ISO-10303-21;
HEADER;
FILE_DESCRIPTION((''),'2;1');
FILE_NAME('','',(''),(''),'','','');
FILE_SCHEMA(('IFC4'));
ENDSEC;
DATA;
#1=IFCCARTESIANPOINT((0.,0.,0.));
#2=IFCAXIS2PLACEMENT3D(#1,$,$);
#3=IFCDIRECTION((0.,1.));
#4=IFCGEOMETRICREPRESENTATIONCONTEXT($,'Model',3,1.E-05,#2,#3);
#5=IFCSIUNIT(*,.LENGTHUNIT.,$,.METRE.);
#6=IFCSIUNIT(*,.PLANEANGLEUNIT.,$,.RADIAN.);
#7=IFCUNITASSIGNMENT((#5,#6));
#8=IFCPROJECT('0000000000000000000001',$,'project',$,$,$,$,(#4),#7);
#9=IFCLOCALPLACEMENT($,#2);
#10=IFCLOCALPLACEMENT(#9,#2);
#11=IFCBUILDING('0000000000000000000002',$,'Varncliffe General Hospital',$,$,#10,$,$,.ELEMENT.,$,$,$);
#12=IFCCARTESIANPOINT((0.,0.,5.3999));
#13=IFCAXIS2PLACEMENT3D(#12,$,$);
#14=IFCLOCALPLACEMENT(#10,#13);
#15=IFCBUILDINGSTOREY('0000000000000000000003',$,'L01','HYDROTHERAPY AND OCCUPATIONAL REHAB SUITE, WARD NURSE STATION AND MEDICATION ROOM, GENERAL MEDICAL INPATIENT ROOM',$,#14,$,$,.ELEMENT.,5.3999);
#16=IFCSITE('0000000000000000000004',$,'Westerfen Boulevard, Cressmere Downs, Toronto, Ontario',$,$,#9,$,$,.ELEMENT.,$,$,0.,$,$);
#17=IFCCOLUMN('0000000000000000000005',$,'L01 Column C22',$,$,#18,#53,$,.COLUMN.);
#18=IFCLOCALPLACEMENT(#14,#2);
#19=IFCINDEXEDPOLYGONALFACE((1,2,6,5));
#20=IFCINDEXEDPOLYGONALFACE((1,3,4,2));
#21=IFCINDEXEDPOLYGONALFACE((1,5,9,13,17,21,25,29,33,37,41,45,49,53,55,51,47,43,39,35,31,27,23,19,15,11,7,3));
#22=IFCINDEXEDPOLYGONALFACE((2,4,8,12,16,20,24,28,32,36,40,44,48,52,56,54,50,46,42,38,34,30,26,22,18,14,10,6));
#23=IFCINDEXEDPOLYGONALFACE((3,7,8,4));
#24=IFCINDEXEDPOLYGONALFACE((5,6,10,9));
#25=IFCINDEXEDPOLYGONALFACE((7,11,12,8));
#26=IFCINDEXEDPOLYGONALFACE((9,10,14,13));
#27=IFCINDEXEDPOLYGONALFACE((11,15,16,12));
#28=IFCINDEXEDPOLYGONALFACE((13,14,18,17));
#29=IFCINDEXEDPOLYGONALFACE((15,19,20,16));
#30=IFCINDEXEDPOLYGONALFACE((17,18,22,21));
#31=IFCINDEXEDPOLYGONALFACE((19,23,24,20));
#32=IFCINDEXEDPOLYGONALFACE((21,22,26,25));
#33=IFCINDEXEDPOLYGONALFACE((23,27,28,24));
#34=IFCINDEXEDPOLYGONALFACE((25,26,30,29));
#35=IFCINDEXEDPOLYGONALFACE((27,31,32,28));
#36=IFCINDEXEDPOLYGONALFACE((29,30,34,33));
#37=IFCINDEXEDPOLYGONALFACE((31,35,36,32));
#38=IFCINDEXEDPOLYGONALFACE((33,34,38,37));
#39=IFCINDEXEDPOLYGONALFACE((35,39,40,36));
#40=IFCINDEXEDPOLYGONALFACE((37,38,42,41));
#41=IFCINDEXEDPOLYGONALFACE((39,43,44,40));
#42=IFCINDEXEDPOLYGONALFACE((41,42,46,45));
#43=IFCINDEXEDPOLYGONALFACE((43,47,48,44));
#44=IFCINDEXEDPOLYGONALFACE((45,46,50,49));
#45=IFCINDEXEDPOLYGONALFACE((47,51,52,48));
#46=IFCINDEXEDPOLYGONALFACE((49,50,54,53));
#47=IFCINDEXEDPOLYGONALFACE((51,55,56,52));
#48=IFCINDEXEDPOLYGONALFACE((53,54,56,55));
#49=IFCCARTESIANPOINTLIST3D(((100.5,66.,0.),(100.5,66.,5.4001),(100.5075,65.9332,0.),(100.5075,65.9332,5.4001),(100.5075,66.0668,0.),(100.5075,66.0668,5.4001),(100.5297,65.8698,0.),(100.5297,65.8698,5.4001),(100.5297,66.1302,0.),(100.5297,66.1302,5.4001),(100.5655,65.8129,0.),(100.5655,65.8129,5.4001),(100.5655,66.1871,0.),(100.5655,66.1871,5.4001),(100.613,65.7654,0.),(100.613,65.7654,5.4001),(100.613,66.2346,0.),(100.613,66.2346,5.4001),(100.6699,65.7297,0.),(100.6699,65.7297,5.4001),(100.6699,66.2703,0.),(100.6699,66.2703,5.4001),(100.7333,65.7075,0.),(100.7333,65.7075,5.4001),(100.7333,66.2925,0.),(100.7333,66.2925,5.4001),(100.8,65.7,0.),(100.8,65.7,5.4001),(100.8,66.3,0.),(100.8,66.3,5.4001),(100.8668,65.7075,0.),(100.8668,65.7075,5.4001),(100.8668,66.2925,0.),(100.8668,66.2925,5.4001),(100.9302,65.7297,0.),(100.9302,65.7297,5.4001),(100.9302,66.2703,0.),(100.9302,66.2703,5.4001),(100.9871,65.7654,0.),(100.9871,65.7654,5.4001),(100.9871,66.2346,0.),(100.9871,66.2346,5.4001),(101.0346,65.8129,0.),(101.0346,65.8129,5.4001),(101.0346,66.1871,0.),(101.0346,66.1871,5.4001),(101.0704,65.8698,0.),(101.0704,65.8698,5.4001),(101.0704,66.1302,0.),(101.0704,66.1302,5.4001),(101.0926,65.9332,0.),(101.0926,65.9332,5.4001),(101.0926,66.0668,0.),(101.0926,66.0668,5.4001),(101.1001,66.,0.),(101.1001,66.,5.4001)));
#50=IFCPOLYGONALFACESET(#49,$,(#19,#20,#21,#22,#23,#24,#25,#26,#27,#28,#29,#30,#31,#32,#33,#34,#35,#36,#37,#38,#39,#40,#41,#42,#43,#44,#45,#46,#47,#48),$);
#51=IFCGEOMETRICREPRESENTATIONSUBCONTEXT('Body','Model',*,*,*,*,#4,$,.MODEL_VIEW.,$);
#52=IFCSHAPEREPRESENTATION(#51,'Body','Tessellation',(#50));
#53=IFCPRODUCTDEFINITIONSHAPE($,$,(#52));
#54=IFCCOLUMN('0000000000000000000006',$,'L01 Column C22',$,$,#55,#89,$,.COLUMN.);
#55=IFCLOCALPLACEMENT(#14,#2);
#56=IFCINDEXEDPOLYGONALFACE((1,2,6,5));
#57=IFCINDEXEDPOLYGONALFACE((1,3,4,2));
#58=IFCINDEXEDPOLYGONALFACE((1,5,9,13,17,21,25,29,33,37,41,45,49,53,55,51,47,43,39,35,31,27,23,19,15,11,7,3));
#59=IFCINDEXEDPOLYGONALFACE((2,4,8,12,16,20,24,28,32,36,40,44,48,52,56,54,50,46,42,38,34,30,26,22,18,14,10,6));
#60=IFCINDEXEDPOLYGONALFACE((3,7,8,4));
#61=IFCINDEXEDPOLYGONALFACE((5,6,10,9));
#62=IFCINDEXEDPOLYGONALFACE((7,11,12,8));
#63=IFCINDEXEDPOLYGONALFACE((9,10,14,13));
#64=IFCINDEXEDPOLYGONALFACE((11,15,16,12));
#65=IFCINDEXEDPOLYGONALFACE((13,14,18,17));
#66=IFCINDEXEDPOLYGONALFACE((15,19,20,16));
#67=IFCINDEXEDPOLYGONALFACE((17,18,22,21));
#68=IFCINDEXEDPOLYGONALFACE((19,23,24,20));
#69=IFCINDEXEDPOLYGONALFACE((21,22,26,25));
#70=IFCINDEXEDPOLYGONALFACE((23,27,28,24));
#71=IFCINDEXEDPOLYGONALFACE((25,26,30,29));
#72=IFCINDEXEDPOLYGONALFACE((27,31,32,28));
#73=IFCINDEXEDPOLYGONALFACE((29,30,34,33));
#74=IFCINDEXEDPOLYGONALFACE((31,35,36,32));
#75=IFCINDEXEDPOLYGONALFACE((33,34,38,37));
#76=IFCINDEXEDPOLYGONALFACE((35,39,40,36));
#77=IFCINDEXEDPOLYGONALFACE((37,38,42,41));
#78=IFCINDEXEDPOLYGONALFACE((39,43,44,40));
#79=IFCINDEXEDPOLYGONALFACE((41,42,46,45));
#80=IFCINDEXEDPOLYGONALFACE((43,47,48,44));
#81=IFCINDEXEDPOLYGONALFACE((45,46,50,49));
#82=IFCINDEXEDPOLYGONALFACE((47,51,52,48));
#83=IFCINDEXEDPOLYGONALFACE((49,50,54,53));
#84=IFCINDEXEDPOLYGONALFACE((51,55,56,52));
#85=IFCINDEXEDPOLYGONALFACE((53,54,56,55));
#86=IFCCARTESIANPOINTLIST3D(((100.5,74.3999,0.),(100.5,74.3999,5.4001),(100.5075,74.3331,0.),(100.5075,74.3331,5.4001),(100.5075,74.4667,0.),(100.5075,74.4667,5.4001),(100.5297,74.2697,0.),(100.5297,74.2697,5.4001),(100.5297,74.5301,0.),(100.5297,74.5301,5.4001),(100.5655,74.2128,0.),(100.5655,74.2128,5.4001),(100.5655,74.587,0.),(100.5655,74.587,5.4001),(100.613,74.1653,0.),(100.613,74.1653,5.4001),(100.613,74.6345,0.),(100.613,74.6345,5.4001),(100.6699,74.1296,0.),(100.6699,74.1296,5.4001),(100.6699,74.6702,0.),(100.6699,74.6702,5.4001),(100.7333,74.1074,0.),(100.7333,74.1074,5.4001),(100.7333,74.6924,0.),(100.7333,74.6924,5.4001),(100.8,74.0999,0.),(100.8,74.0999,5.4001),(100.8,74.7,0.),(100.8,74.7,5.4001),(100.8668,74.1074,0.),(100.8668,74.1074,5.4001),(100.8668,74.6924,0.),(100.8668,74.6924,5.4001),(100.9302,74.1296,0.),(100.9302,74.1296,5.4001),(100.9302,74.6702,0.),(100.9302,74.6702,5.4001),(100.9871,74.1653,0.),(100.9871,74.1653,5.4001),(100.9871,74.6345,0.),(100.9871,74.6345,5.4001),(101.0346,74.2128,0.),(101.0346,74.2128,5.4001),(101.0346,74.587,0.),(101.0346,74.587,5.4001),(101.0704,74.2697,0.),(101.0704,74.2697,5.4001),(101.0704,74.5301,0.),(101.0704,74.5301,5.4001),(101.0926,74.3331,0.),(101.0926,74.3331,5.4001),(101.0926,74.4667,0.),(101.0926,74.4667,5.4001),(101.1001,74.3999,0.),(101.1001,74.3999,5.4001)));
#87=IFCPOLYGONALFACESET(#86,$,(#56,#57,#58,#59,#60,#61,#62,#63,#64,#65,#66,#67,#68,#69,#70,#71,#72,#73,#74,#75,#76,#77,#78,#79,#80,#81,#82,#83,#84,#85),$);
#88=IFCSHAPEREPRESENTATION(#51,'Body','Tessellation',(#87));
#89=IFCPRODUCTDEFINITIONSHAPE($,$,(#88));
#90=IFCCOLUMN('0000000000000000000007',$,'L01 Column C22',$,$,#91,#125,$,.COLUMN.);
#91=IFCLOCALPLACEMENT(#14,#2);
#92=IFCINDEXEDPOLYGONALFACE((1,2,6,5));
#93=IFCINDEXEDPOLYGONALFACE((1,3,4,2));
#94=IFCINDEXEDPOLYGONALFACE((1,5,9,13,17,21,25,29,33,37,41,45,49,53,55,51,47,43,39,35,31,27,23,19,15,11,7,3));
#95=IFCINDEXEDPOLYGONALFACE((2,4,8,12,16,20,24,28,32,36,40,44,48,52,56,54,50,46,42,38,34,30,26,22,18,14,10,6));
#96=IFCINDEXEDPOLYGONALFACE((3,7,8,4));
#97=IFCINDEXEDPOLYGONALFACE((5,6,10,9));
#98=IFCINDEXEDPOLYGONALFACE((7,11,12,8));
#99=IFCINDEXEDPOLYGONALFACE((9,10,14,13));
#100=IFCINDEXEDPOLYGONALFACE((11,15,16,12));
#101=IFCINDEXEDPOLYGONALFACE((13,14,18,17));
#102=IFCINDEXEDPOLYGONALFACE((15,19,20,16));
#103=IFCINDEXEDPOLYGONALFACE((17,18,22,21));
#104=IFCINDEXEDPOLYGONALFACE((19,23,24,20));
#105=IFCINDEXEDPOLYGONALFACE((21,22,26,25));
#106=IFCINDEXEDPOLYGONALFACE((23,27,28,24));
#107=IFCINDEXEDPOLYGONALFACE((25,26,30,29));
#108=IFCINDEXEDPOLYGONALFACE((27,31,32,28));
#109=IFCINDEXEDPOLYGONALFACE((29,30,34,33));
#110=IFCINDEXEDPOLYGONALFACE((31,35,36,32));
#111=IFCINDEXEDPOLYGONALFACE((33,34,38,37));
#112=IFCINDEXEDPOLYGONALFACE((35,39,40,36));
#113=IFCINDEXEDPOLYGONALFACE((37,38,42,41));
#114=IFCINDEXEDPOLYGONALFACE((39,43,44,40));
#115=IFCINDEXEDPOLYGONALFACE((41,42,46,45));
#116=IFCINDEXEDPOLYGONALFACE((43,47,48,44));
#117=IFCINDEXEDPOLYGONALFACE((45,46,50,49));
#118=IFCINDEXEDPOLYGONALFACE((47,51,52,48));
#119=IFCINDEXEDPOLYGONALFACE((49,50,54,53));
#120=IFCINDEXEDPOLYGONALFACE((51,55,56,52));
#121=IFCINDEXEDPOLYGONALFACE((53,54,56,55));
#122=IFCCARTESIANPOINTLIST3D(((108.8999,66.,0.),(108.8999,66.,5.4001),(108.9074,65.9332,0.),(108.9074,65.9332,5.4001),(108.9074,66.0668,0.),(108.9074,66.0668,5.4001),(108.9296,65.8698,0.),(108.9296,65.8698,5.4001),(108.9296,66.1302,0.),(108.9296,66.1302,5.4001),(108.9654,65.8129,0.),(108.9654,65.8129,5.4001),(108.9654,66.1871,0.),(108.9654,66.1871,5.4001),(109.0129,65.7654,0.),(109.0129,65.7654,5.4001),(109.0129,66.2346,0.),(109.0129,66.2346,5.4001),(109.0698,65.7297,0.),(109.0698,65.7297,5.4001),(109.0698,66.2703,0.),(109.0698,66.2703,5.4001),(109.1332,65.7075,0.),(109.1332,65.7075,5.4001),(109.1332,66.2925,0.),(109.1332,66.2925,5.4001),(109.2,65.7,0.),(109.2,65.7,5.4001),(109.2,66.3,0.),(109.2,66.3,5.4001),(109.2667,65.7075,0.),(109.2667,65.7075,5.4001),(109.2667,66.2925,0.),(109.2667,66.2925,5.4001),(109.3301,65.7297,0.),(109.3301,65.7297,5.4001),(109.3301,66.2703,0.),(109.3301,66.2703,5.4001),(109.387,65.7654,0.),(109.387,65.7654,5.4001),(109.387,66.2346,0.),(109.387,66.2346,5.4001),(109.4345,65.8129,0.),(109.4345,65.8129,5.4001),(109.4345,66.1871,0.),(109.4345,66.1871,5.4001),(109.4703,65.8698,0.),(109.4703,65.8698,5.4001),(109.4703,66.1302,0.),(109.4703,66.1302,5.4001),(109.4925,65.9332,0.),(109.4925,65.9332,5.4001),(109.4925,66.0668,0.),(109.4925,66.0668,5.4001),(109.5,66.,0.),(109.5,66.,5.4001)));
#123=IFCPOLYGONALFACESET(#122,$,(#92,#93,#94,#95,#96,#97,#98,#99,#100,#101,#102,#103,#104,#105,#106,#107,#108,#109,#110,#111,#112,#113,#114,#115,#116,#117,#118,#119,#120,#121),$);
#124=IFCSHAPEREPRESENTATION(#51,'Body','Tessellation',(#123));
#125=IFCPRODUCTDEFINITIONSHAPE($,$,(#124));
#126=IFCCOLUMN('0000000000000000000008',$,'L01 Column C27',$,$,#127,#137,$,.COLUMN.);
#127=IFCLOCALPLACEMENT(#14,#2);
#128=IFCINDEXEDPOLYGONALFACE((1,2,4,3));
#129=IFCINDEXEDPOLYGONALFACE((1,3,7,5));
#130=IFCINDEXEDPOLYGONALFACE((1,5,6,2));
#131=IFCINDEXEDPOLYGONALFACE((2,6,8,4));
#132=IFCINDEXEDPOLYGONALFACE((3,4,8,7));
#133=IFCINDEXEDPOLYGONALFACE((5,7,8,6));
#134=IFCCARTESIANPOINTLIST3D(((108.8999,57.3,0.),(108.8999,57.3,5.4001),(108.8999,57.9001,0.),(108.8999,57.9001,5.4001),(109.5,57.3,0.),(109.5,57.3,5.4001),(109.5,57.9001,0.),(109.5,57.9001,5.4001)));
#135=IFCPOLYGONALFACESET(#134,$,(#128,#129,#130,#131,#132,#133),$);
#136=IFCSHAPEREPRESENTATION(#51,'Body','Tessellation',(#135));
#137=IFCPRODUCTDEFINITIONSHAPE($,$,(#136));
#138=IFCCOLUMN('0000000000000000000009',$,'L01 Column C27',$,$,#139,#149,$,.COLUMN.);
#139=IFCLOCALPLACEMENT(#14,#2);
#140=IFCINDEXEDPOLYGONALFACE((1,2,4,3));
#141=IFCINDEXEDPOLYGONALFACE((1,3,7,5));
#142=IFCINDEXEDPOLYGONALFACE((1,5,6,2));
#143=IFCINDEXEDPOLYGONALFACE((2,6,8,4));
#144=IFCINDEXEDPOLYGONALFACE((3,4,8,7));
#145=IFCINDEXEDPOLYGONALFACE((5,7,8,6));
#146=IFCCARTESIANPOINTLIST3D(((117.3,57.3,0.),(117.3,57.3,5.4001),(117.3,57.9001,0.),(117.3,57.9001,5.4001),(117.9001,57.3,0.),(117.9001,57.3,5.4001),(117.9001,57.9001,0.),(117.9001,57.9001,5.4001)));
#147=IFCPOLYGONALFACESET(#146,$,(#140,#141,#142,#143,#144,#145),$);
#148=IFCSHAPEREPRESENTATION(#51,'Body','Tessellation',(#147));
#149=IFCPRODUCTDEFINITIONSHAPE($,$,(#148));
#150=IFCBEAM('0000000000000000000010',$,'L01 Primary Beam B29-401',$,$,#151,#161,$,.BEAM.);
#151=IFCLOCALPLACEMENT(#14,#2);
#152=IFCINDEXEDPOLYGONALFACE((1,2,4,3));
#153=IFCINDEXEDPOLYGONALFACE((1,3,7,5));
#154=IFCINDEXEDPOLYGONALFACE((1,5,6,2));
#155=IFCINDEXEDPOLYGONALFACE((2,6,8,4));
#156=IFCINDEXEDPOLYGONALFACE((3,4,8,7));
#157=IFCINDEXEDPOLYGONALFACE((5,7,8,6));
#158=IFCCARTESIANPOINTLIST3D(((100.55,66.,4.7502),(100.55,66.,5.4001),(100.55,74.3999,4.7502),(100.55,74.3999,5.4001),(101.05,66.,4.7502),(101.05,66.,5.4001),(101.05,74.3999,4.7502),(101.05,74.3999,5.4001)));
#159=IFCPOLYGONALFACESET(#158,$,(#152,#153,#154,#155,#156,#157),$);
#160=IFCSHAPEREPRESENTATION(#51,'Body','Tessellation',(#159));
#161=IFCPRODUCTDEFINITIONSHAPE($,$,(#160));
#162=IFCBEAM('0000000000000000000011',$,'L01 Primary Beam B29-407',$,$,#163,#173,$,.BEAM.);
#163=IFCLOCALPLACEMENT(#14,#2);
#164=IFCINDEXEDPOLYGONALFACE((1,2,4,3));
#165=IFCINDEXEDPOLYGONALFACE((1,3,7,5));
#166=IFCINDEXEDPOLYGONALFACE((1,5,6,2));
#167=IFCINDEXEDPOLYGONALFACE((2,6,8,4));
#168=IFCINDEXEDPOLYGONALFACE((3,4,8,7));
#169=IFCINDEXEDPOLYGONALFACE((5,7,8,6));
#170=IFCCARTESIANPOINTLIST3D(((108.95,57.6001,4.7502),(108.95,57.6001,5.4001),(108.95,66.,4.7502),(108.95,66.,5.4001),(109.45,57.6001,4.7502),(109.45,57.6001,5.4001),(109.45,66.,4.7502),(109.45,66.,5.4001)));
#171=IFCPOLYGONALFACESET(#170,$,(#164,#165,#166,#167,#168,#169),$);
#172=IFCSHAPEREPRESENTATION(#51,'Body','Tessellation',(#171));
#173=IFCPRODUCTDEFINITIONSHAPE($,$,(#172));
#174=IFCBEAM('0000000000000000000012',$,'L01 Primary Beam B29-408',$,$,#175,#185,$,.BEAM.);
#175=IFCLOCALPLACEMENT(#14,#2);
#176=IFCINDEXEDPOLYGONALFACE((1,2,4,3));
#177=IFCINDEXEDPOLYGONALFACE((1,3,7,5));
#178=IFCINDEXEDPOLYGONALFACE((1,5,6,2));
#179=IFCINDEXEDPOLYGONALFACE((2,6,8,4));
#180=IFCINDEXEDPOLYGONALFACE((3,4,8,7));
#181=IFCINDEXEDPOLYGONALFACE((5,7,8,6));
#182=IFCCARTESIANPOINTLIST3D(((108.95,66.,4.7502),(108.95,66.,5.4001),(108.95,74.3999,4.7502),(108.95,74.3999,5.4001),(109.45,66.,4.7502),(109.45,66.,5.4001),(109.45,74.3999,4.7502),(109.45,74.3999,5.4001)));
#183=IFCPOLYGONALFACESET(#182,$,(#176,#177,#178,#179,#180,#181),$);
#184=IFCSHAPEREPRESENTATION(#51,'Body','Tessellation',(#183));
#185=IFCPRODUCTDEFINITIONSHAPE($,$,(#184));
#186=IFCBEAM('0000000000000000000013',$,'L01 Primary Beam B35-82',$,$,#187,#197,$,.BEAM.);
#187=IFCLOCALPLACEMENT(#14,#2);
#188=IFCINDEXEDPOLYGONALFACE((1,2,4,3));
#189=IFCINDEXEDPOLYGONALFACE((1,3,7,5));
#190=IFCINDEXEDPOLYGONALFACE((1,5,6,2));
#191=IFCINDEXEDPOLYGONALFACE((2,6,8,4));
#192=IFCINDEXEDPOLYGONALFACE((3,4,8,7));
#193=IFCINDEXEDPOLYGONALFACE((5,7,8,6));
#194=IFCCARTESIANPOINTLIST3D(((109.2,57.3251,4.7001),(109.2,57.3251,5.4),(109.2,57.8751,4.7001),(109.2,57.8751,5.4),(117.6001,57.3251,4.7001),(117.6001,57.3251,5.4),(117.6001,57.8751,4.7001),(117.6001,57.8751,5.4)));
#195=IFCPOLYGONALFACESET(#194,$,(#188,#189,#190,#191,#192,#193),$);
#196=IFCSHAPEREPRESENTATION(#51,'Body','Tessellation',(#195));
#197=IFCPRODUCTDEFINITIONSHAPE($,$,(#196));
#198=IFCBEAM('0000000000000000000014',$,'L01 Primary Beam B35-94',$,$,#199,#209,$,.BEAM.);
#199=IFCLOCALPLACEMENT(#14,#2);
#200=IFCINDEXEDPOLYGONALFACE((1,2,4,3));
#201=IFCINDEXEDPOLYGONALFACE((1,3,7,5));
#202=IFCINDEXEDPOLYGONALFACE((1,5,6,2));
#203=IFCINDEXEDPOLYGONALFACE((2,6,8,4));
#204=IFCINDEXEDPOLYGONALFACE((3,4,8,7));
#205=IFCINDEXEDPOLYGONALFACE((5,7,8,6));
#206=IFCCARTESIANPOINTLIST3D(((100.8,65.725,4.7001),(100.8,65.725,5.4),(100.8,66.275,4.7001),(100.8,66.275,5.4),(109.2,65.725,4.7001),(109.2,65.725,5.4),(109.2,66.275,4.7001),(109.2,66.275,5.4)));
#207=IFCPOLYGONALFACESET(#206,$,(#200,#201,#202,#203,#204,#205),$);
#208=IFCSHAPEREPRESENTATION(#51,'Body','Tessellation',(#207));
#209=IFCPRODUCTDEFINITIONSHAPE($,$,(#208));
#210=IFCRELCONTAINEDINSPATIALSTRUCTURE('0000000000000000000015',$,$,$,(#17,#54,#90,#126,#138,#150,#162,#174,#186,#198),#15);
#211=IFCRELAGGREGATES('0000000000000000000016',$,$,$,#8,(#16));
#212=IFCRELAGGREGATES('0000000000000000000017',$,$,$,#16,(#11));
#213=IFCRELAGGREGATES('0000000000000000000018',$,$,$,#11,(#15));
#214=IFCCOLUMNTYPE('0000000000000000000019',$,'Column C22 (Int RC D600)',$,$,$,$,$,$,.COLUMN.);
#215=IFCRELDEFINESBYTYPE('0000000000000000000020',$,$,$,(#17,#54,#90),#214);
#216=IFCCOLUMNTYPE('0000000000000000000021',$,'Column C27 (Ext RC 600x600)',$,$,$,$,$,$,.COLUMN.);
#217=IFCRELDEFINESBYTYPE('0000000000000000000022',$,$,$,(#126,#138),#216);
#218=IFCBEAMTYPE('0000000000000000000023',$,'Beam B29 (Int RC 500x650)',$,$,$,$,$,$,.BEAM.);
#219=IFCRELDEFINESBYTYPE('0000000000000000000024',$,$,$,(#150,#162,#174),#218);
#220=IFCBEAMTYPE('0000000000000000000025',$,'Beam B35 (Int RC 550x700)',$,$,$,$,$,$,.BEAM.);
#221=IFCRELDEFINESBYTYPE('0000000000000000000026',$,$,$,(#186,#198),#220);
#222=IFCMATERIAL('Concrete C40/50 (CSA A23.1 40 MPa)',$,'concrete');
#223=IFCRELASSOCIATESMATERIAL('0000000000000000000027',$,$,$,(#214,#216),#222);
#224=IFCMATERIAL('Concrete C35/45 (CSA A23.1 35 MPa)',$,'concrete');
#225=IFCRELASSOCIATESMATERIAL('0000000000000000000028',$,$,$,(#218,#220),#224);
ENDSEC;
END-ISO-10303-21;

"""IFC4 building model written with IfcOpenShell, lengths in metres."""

from ifc_helpers import new_model, si_unit, direction, frame, origin, origin_2d, place, context, subcontext, project, spatial, rectangle, circle, extrude, material, material_profile, profile_set, type_object, element, save


model = new_model("IFC4")

# Units and contexts
model_context = context("Model", 3, precision=1e-05, world=origin(), true_north=direction((0.0, 1.0)))
body_context = subcontext(model_context, "Body", "Model", "MODEL_VIEW")
ifc_project = project(units=[si_unit("LENGTHUNIT", "METRE"), si_unit("PLANEANGLEUNIT", "RADIAN")], contexts=[model_context])

# Site, building, storey
site_placement = place(None, origin())
site = spatial("IfcSite", under=ifc_project, at=site_placement, Name="Westerfen Boulevard, Cressmere Downs, Toronto, Ontario", CompositionType="ELEMENT", RefElevation=0.0)
building_placement = place(site_placement, origin())
building = spatial("IfcBuilding", under=site, at=building_placement, Name="Varncliffe General Hospital", CompositionType="ELEMENT")
storey_placement = place(building_placement, frame((0.0, 0.0, 5.3999)))
storey = spatial("IfcBuildingStorey", under=building, at=storey_placement, Name="L01", Description="HYDROTHERAPY AND OCCUPATIONAL REHAB SUITE, WARD NURSE STATION AND MEDICATION ROOM, GENERAL MEDICAL INPATIENT ROOM", CompositionType="ELEMENT", Elevation=5.3999)

# Columns
ifc_material_1 = material(Name="Concrete C40/50 (CSA A23.1 40 MPa)", Category="concrete")
ifc_material_profile_1 = material_profile(ifc_material_1, circle(Radius=0.3, at=origin_2d()), Name="RC D600")
ifc_profile_set_1 = profile_set([ifc_material_profile_1], Name="Concrete C40/50 (CSA A23.1 40 MPa)")
column_type_1 = type_object("IfcColumnType", Name="Column C22 (Int RC D600)", PredefinedType="COLUMN", material=ifc_profile_set_1)
for number, where, z_axis, x_axis, name in (
    (1, (100.8, 66.0, 0.0), (0.0, 0.0, 1.0), (1.0, 0.0, 0.0), "L01 Column C22"),
    (2, (100.8, 74.3999, 0.0), (0.0, 0.0, 1.0), (1.0, 0.0, 0.0), "L01 Column C22"),
    (3, (109.2, 66.0, 0.0), (0.0, 0.0, 1.0), (1.0, 0.0, 0.0), "L01 Column C22"),
):
    element("IfcColumn", number, at=place(storey_placement, frame(where, z_axis=z_axis, x_axis=x_axis)), inside=storey, type_object=column_type_1, Name=name, PredefinedType="COLUMN", context=body_context, shape_type="SweptSolid", body=[
        extrude(circle(Radius=0.3, at=origin_2d()), origin(), (0.0, 0.0, 1.0), 5.4001),
    ])
ifc_material_profile_2 = material_profile(ifc_material_1, rectangle(XDim=0.6001, YDim=0.6001, at=origin_2d()), Name="RC 600x600")
ifc_profile_set_2 = profile_set([ifc_material_profile_2], Name="Concrete C40/50 (CSA A23.1 40 MPa)")
column_type_2 = type_object("IfcColumnType", Name="Column C27 (Ext RC 600x600)", PredefinedType="COLUMN", material=ifc_profile_set_2)
for number, where, z_axis, x_axis, name in (
    (4, (109.2, 57.6001, 0.0), (0.0, 0.0, 1.0), (1.0, 0.0, 0.0), "L01 Column C27"),
    (5, (117.6001, 57.6001, 0.0), (0.0, 0.0, 1.0), (1.0, 0.0, 0.0), "L01 Column C27"),
):
    element("IfcColumn", number, at=place(storey_placement, frame(where, z_axis=z_axis, x_axis=x_axis)), inside=storey, type_object=column_type_2, Name=name, PredefinedType="COLUMN", context=body_context, shape_type="SweptSolid", body=[
        extrude(rectangle(XDim=0.6001, YDim=0.6001, at=origin_2d()), origin(), (0.0, 0.0, 1.0), 5.4001),
    ])

# Beams
ifc_material_2 = material(Name="Concrete C35/45 (CSA A23.1 35 MPa)", Category="concrete")
ifc_material_profile_3 = material_profile(ifc_material_2, rectangle(XDim=0.5, YDim=0.6499, at=origin_2d()), Name="RC 500x650")
ifc_profile_set_3 = profile_set([ifc_material_profile_3], Name="Concrete C35/45 (CSA A23.1 35 MPa)")
beam_type_1 = type_object("IfcBeamType", Name="Beam B29 (Int RC 500x650)", PredefinedType="BEAM", material=ifc_profile_set_3)
for number, where, z_axis, x_axis, name in (
    (6, (100.8, 66.0, 5.0752), (0.0, 1.0, 0.0), (-1.0, 0.0, 0.0), "L01 Primary Beam B29-401"),
    (7, (109.2, 57.6001, 5.0752), (0.0, 1.0, 0.0), (-1.0, 0.0, 0.0), "L01 Primary Beam B29-407"),
    (8, (109.2, 66.0, 5.0752), (0.0, 1.0, 0.0), (-1.0, 0.0, 0.0), "L01 Primary Beam B29-408"),
):
    element("IfcBeam", number, at=place(storey_placement, frame(where, z_axis=z_axis, x_axis=x_axis)), inside=storey, type_object=beam_type_1, Name=name, PredefinedType="BEAM", context=body_context, shape_type="SweptSolid", body=[
        extrude(rectangle(XDim=0.5, YDim=0.6499, at=origin_2d()), origin(), (0.0, 0.0, 1.0), 8.3999),
    ])
ifc_material_profile_4 = material_profile(ifc_material_2, rectangle(XDim=0.55, YDim=0.7, at=origin_2d()), Name="RC 550x700")
ifc_profile_set_4 = profile_set([ifc_material_profile_4], Name="Concrete C35/45 (CSA A23.1 35 MPa)")
beam_type_2 = type_object("IfcBeamType", Name="Beam B35 (Int RC 550x700)", PredefinedType="BEAM", material=ifc_profile_set_4)
beam_1_placement = place(storey_placement, frame((109.2, 57.6001, 5.05), z_axis=(1.0, 0.0, 0.0), x_axis=(0.0, 1.0, 0.0)))
element("IfcBeam", 9, at=beam_1_placement, inside=storey, type_object=beam_type_2, Name="L01 Primary Beam B35-82", PredefinedType="BEAM", context=body_context, shape_type="SweptSolid", body=[
    extrude(rectangle(XDim=0.55, YDim=0.7, at=origin_2d()), origin(), (0.0, 0.0, 1.0), 8.4001),
])
beam_2_placement = place(storey_placement, frame((100.8, 66.0, 5.05), z_axis=(1.0, 0.0, 0.0), x_axis=(0.0, 1.0, 0.0)))
element("IfcBeam", 10, at=beam_2_placement, inside=storey, type_object=beam_type_2, Name="L01 Primary Beam B35-94", PredefinedType="BEAM", context=body_context, shape_type="SweptSolid", body=[
    extrude(rectangle(XDim=0.55, YDim=0.7, at=origin_2d()), origin(), (0.0, 0.0, 1.0), 8.3999),
])

save(model, "model.ifc")
